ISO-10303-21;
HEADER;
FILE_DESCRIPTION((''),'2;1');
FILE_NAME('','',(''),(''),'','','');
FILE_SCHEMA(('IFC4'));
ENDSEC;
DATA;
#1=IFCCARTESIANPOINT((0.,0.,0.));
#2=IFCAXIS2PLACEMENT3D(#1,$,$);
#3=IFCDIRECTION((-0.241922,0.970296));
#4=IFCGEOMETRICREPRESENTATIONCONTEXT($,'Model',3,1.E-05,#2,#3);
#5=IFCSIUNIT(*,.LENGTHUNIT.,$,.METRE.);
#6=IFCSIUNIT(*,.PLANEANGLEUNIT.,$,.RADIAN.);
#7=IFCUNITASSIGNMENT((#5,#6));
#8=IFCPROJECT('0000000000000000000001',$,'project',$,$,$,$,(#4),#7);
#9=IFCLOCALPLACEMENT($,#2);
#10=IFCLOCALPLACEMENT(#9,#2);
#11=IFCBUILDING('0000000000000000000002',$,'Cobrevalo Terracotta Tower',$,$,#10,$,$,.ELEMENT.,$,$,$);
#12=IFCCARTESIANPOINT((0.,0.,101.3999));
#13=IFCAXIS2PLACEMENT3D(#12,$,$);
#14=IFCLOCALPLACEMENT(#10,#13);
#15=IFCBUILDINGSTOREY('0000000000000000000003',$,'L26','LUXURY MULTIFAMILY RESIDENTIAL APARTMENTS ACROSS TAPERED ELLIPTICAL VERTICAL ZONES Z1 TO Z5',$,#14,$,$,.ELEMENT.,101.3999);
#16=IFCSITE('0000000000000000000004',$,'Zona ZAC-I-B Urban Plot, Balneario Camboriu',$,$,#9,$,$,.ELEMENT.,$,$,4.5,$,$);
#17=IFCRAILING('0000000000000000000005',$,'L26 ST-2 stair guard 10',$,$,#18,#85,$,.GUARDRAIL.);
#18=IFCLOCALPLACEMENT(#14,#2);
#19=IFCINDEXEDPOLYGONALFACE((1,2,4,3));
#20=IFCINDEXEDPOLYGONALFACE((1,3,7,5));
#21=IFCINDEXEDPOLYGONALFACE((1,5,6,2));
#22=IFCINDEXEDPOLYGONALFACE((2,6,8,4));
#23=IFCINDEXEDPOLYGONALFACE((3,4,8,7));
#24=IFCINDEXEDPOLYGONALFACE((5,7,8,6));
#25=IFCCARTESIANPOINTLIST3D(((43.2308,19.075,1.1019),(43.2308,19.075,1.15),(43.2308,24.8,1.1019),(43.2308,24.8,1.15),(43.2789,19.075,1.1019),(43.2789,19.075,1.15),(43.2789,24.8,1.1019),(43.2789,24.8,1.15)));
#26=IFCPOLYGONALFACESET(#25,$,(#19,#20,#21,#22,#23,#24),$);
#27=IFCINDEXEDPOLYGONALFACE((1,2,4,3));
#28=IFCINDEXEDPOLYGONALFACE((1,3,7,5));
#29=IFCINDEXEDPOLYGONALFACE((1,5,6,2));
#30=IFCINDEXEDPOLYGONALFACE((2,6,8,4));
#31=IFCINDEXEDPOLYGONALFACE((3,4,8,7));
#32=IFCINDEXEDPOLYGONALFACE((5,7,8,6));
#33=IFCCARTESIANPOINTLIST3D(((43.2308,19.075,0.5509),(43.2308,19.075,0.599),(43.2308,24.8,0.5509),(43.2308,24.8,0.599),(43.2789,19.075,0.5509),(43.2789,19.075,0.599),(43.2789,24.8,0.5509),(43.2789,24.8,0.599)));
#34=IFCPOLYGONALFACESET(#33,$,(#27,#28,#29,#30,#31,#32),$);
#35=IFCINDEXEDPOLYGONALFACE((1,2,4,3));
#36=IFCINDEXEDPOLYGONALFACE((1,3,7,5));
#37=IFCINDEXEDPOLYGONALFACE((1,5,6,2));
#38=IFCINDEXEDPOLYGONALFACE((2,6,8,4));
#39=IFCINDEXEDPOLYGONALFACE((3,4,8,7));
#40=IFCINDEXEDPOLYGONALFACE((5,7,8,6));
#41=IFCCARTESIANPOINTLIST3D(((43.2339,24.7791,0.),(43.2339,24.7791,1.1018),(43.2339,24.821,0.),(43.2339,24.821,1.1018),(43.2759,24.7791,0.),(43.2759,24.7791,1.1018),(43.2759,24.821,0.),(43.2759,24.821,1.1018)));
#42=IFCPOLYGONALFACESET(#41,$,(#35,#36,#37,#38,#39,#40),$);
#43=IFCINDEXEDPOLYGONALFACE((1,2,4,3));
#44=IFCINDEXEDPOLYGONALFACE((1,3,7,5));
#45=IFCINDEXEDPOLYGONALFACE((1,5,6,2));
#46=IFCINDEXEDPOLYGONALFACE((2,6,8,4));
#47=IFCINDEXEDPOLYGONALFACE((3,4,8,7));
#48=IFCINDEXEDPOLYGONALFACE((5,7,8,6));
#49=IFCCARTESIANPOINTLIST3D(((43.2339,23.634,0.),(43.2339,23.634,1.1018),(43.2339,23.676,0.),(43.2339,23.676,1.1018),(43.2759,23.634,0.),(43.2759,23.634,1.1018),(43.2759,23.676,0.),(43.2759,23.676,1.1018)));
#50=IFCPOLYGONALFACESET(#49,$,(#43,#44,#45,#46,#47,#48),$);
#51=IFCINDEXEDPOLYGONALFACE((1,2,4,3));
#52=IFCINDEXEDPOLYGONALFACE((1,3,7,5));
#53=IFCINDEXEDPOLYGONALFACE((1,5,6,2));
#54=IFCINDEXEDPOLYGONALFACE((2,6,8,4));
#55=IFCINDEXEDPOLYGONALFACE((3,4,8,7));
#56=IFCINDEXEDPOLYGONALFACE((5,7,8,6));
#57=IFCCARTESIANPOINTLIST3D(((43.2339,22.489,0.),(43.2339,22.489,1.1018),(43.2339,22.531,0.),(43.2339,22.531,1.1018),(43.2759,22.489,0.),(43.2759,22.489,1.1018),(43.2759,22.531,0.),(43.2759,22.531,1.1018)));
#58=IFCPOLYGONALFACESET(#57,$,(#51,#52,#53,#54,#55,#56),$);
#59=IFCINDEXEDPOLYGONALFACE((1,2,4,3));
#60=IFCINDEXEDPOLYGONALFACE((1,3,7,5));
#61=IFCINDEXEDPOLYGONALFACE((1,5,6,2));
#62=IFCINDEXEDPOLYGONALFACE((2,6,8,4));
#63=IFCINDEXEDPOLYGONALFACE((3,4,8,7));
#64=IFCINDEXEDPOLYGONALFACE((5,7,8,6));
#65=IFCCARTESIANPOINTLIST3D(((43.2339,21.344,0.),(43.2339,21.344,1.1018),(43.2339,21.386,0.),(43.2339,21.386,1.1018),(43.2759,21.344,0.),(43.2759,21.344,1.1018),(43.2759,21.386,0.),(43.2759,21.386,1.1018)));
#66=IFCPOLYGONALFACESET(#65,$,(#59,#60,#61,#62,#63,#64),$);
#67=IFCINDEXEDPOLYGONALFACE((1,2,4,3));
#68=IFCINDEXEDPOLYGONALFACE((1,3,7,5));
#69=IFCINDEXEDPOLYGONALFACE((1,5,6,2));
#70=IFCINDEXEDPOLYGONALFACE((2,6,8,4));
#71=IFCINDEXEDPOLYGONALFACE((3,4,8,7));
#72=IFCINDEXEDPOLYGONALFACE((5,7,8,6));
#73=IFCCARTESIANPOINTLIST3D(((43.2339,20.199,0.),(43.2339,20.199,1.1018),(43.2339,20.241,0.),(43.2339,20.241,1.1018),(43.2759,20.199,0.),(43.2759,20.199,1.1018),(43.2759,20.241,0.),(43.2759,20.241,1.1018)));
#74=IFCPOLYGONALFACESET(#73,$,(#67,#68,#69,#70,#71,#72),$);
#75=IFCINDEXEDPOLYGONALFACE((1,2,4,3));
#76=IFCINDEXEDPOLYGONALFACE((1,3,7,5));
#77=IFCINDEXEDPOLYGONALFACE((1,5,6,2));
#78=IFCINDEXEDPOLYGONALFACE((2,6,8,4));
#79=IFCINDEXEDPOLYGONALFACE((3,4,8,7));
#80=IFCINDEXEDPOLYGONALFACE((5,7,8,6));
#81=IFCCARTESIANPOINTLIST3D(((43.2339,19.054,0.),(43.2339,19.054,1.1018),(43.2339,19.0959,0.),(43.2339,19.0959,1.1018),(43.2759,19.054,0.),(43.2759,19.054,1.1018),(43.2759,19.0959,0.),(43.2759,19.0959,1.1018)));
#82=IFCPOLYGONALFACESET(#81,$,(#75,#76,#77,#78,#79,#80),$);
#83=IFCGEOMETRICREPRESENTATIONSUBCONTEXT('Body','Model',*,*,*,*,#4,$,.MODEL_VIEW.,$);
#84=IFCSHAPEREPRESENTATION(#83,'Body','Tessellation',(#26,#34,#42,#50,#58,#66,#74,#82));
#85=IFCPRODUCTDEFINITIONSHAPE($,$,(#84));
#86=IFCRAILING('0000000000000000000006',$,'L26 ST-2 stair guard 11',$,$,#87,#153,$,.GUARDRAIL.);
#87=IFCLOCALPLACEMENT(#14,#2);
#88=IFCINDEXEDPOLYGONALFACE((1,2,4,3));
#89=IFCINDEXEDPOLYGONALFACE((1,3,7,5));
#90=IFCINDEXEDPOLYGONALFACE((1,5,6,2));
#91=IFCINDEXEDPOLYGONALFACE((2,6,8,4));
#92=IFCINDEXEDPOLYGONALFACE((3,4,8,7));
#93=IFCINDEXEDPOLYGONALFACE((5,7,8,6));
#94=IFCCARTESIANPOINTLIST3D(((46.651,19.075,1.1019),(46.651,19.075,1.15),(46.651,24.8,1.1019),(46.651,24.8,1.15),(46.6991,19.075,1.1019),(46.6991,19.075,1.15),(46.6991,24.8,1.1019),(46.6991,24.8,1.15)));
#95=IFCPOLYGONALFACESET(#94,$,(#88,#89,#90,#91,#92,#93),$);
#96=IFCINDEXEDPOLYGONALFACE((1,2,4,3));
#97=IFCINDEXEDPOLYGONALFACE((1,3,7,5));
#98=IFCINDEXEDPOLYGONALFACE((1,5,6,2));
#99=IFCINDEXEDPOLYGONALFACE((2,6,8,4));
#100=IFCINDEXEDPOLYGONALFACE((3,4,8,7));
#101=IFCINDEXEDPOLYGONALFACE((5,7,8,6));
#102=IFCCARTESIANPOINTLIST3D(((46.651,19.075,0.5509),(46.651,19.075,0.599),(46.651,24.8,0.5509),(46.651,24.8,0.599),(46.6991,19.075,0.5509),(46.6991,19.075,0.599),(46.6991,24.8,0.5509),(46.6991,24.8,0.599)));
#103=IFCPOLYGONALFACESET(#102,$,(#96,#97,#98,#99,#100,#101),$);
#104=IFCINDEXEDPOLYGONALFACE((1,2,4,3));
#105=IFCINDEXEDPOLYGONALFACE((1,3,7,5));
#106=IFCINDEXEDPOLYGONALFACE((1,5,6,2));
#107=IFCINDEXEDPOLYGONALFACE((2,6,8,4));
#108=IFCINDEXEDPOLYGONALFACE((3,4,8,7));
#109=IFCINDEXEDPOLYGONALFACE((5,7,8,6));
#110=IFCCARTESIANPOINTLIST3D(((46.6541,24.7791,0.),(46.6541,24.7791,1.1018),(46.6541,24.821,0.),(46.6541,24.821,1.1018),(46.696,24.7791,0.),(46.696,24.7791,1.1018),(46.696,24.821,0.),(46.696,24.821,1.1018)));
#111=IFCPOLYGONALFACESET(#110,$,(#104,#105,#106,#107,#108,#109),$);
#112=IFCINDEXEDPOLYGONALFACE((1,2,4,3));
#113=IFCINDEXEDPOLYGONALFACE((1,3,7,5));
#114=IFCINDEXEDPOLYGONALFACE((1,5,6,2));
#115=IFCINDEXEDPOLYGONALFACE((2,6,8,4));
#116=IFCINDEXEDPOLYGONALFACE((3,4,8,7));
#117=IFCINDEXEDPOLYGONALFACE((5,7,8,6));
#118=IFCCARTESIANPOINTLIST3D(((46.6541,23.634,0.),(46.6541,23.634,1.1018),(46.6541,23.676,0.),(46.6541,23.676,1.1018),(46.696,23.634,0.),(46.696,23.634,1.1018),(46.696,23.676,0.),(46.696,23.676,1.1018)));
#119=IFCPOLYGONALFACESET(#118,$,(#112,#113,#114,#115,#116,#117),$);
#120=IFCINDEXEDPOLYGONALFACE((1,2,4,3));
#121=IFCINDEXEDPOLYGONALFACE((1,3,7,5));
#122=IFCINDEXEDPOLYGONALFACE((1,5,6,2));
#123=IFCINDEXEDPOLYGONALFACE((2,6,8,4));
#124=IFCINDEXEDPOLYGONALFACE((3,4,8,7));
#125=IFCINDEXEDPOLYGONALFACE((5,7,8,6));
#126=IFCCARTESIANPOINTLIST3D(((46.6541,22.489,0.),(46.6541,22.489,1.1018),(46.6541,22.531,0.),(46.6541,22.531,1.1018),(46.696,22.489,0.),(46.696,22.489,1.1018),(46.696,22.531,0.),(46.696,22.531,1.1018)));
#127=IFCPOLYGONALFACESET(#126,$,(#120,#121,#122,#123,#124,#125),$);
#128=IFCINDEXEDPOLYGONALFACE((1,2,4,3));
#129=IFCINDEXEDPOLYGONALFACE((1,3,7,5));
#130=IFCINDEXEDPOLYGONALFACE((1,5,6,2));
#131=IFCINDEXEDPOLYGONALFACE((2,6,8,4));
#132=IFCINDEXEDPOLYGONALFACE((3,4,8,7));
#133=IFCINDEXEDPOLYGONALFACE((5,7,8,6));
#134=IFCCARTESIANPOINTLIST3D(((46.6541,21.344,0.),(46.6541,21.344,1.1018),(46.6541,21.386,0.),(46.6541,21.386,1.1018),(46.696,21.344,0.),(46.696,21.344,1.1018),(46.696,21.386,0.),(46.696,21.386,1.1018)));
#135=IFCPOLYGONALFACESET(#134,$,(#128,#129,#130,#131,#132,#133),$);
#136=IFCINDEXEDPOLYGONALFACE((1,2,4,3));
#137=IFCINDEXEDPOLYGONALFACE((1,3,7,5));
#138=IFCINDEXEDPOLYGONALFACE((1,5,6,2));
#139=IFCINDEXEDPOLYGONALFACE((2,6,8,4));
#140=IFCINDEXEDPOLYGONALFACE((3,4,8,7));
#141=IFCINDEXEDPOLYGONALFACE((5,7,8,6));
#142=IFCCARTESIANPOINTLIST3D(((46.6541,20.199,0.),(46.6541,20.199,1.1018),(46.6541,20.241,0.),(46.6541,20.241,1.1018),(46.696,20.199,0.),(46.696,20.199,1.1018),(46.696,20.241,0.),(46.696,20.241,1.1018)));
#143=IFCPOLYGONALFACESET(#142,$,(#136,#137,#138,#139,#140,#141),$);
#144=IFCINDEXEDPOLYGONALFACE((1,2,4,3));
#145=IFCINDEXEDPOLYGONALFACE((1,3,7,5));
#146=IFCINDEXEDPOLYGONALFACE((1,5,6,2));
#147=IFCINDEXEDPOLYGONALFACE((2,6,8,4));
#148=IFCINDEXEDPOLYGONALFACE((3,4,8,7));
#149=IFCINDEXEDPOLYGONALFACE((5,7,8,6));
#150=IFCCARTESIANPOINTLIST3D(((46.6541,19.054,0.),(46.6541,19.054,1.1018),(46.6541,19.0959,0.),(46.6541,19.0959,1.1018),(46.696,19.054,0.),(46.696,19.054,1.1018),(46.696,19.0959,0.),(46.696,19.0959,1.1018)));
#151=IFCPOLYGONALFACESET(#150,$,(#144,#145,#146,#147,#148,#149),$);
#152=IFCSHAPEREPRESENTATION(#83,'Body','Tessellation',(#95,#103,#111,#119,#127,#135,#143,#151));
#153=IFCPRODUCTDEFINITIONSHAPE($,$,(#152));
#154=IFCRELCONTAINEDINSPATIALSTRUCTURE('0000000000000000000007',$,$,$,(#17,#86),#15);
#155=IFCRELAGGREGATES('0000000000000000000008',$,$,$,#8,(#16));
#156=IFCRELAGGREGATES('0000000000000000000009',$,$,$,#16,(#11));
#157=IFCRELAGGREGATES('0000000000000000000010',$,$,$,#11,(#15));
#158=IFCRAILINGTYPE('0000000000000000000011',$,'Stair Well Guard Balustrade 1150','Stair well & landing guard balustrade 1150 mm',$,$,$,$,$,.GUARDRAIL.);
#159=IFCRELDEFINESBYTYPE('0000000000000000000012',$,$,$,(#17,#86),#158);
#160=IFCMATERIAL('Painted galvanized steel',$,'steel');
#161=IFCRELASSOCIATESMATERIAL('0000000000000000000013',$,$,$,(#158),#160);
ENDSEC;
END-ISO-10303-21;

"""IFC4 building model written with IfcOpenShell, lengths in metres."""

from ifc_helpers import new_model, si_unit, direction, frame, origin, origin_2d, place, context, subcontext, project, spatial, rectangle, extrude, material, type_object, element, save


model = new_model("IFC4")

# Units and contexts
model_context = context("Model", 3, precision=1e-05, world=origin(), true_north=direction((-0.241922, 0.970296)))
body_context = subcontext(model_context, "Body", "Model", "MODEL_VIEW")
ifc_project = project(units=[si_unit("LENGTHUNIT", "METRE"), si_unit("PLANEANGLEUNIT", "RADIAN")], contexts=[model_context])

# Site, building, storey
site_placement = place(None, origin())
site = spatial("IfcSite", under=ifc_project, at=site_placement, Name="Zona ZAC-I-B Urban Plot, Balneario Camboriu", CompositionType="ELEMENT", RefElevation=4.5)
building_placement = place(site_placement, origin())
building = spatial("IfcBuilding", under=site, at=building_placement, Name="Cobrevalo Terracotta Tower", CompositionType="ELEMENT")
storey_placement = place(building_placement, frame((0.0, 0.0, 101.3999)))
storey = spatial("IfcBuildingStorey", under=building, at=storey_placement, Name="L26", Description="LUXURY MULTIFAMILY RESIDENTIAL APARTMENTS ACROSS TAPERED ELLIPTICAL VERTICAL ZONES Z1 TO Z5", CompositionType="ELEMENT", Elevation=101.3999)

# Railings
ifc_material_1 = material(Name="Painted galvanized steel", Category="steel")
railing_type_1 = type_object("IfcRailingType", Name="Stair Well Guard Balustrade 1150", Description="Stair well & landing guard balustrade 1150 mm", PredefinedType="GUARDRAIL", material=ifc_material_1)
for number, where, name in (
    (1, (43.2549, 24.8, 0.0), "L26 ST-2 stair guard 10"),
    (2, (46.675, 24.8, 0.0), "L26 ST-2 stair guard 11"),
):
    element("IfcRailing", number, at=place(storey_placement, frame(where)), inside=storey, type_object=railing_type_1, Name=name, PredefinedType="GUARDRAIL", context=body_context, shape_type="SweptSolid", body=[
        extrude(rectangle(XDim=0.0481, YDim=0.0481, at=origin_2d()), frame((0.0, 0.0, 1.126), z_axis=(0.0, -1.0, 0.0), x_axis=(1.0, 0.0, 0.0)), (0.0, 0.0, 1.0), 5.7251),
        extrude(rectangle(XDim=0.0481, YDim=0.0481, at=origin_2d()), frame((0.0, 0.0, 0.575), z_axis=(0.0, -1.0, 0.0), x_axis=(1.0, 0.0, 0.0)), (0.0, 0.0, 1.0), 5.7251),
        extrude(rectangle(XDim=0.042, YDim=0.042, at=origin_2d()), origin(), (0.0, 0.0, 1.0), 1.1018),
        extrude(rectangle(XDim=0.042, YDim=0.042, at=origin_2d()), frame((0.0, -1.145, 0.0)), (0.0, 0.0, 1.0), 1.1018),
        extrude(rectangle(XDim=0.042, YDim=0.042, at=origin_2d()), frame((0.0, -2.29, 0.0)), (0.0, 0.0, 1.0), 1.1018),
        extrude(rectangle(XDim=0.042, YDim=0.042, at=origin_2d()), frame((0.0, -3.4351, 0.0)), (0.0, 0.0, 1.0), 1.1018),
        extrude(rectangle(XDim=0.042, YDim=0.042, at=origin_2d()), frame((0.0, -4.5801, 0.0)), (0.0, 0.0, 1.0), 1.1018),
        extrude(rectangle(XDim=0.042, YDim=0.042, at=origin_2d()), frame((0.0, -5.7251, 0.0)), (0.0, 0.0, 1.0), 1.1018),
    ])

save(model, "model.ifc")
